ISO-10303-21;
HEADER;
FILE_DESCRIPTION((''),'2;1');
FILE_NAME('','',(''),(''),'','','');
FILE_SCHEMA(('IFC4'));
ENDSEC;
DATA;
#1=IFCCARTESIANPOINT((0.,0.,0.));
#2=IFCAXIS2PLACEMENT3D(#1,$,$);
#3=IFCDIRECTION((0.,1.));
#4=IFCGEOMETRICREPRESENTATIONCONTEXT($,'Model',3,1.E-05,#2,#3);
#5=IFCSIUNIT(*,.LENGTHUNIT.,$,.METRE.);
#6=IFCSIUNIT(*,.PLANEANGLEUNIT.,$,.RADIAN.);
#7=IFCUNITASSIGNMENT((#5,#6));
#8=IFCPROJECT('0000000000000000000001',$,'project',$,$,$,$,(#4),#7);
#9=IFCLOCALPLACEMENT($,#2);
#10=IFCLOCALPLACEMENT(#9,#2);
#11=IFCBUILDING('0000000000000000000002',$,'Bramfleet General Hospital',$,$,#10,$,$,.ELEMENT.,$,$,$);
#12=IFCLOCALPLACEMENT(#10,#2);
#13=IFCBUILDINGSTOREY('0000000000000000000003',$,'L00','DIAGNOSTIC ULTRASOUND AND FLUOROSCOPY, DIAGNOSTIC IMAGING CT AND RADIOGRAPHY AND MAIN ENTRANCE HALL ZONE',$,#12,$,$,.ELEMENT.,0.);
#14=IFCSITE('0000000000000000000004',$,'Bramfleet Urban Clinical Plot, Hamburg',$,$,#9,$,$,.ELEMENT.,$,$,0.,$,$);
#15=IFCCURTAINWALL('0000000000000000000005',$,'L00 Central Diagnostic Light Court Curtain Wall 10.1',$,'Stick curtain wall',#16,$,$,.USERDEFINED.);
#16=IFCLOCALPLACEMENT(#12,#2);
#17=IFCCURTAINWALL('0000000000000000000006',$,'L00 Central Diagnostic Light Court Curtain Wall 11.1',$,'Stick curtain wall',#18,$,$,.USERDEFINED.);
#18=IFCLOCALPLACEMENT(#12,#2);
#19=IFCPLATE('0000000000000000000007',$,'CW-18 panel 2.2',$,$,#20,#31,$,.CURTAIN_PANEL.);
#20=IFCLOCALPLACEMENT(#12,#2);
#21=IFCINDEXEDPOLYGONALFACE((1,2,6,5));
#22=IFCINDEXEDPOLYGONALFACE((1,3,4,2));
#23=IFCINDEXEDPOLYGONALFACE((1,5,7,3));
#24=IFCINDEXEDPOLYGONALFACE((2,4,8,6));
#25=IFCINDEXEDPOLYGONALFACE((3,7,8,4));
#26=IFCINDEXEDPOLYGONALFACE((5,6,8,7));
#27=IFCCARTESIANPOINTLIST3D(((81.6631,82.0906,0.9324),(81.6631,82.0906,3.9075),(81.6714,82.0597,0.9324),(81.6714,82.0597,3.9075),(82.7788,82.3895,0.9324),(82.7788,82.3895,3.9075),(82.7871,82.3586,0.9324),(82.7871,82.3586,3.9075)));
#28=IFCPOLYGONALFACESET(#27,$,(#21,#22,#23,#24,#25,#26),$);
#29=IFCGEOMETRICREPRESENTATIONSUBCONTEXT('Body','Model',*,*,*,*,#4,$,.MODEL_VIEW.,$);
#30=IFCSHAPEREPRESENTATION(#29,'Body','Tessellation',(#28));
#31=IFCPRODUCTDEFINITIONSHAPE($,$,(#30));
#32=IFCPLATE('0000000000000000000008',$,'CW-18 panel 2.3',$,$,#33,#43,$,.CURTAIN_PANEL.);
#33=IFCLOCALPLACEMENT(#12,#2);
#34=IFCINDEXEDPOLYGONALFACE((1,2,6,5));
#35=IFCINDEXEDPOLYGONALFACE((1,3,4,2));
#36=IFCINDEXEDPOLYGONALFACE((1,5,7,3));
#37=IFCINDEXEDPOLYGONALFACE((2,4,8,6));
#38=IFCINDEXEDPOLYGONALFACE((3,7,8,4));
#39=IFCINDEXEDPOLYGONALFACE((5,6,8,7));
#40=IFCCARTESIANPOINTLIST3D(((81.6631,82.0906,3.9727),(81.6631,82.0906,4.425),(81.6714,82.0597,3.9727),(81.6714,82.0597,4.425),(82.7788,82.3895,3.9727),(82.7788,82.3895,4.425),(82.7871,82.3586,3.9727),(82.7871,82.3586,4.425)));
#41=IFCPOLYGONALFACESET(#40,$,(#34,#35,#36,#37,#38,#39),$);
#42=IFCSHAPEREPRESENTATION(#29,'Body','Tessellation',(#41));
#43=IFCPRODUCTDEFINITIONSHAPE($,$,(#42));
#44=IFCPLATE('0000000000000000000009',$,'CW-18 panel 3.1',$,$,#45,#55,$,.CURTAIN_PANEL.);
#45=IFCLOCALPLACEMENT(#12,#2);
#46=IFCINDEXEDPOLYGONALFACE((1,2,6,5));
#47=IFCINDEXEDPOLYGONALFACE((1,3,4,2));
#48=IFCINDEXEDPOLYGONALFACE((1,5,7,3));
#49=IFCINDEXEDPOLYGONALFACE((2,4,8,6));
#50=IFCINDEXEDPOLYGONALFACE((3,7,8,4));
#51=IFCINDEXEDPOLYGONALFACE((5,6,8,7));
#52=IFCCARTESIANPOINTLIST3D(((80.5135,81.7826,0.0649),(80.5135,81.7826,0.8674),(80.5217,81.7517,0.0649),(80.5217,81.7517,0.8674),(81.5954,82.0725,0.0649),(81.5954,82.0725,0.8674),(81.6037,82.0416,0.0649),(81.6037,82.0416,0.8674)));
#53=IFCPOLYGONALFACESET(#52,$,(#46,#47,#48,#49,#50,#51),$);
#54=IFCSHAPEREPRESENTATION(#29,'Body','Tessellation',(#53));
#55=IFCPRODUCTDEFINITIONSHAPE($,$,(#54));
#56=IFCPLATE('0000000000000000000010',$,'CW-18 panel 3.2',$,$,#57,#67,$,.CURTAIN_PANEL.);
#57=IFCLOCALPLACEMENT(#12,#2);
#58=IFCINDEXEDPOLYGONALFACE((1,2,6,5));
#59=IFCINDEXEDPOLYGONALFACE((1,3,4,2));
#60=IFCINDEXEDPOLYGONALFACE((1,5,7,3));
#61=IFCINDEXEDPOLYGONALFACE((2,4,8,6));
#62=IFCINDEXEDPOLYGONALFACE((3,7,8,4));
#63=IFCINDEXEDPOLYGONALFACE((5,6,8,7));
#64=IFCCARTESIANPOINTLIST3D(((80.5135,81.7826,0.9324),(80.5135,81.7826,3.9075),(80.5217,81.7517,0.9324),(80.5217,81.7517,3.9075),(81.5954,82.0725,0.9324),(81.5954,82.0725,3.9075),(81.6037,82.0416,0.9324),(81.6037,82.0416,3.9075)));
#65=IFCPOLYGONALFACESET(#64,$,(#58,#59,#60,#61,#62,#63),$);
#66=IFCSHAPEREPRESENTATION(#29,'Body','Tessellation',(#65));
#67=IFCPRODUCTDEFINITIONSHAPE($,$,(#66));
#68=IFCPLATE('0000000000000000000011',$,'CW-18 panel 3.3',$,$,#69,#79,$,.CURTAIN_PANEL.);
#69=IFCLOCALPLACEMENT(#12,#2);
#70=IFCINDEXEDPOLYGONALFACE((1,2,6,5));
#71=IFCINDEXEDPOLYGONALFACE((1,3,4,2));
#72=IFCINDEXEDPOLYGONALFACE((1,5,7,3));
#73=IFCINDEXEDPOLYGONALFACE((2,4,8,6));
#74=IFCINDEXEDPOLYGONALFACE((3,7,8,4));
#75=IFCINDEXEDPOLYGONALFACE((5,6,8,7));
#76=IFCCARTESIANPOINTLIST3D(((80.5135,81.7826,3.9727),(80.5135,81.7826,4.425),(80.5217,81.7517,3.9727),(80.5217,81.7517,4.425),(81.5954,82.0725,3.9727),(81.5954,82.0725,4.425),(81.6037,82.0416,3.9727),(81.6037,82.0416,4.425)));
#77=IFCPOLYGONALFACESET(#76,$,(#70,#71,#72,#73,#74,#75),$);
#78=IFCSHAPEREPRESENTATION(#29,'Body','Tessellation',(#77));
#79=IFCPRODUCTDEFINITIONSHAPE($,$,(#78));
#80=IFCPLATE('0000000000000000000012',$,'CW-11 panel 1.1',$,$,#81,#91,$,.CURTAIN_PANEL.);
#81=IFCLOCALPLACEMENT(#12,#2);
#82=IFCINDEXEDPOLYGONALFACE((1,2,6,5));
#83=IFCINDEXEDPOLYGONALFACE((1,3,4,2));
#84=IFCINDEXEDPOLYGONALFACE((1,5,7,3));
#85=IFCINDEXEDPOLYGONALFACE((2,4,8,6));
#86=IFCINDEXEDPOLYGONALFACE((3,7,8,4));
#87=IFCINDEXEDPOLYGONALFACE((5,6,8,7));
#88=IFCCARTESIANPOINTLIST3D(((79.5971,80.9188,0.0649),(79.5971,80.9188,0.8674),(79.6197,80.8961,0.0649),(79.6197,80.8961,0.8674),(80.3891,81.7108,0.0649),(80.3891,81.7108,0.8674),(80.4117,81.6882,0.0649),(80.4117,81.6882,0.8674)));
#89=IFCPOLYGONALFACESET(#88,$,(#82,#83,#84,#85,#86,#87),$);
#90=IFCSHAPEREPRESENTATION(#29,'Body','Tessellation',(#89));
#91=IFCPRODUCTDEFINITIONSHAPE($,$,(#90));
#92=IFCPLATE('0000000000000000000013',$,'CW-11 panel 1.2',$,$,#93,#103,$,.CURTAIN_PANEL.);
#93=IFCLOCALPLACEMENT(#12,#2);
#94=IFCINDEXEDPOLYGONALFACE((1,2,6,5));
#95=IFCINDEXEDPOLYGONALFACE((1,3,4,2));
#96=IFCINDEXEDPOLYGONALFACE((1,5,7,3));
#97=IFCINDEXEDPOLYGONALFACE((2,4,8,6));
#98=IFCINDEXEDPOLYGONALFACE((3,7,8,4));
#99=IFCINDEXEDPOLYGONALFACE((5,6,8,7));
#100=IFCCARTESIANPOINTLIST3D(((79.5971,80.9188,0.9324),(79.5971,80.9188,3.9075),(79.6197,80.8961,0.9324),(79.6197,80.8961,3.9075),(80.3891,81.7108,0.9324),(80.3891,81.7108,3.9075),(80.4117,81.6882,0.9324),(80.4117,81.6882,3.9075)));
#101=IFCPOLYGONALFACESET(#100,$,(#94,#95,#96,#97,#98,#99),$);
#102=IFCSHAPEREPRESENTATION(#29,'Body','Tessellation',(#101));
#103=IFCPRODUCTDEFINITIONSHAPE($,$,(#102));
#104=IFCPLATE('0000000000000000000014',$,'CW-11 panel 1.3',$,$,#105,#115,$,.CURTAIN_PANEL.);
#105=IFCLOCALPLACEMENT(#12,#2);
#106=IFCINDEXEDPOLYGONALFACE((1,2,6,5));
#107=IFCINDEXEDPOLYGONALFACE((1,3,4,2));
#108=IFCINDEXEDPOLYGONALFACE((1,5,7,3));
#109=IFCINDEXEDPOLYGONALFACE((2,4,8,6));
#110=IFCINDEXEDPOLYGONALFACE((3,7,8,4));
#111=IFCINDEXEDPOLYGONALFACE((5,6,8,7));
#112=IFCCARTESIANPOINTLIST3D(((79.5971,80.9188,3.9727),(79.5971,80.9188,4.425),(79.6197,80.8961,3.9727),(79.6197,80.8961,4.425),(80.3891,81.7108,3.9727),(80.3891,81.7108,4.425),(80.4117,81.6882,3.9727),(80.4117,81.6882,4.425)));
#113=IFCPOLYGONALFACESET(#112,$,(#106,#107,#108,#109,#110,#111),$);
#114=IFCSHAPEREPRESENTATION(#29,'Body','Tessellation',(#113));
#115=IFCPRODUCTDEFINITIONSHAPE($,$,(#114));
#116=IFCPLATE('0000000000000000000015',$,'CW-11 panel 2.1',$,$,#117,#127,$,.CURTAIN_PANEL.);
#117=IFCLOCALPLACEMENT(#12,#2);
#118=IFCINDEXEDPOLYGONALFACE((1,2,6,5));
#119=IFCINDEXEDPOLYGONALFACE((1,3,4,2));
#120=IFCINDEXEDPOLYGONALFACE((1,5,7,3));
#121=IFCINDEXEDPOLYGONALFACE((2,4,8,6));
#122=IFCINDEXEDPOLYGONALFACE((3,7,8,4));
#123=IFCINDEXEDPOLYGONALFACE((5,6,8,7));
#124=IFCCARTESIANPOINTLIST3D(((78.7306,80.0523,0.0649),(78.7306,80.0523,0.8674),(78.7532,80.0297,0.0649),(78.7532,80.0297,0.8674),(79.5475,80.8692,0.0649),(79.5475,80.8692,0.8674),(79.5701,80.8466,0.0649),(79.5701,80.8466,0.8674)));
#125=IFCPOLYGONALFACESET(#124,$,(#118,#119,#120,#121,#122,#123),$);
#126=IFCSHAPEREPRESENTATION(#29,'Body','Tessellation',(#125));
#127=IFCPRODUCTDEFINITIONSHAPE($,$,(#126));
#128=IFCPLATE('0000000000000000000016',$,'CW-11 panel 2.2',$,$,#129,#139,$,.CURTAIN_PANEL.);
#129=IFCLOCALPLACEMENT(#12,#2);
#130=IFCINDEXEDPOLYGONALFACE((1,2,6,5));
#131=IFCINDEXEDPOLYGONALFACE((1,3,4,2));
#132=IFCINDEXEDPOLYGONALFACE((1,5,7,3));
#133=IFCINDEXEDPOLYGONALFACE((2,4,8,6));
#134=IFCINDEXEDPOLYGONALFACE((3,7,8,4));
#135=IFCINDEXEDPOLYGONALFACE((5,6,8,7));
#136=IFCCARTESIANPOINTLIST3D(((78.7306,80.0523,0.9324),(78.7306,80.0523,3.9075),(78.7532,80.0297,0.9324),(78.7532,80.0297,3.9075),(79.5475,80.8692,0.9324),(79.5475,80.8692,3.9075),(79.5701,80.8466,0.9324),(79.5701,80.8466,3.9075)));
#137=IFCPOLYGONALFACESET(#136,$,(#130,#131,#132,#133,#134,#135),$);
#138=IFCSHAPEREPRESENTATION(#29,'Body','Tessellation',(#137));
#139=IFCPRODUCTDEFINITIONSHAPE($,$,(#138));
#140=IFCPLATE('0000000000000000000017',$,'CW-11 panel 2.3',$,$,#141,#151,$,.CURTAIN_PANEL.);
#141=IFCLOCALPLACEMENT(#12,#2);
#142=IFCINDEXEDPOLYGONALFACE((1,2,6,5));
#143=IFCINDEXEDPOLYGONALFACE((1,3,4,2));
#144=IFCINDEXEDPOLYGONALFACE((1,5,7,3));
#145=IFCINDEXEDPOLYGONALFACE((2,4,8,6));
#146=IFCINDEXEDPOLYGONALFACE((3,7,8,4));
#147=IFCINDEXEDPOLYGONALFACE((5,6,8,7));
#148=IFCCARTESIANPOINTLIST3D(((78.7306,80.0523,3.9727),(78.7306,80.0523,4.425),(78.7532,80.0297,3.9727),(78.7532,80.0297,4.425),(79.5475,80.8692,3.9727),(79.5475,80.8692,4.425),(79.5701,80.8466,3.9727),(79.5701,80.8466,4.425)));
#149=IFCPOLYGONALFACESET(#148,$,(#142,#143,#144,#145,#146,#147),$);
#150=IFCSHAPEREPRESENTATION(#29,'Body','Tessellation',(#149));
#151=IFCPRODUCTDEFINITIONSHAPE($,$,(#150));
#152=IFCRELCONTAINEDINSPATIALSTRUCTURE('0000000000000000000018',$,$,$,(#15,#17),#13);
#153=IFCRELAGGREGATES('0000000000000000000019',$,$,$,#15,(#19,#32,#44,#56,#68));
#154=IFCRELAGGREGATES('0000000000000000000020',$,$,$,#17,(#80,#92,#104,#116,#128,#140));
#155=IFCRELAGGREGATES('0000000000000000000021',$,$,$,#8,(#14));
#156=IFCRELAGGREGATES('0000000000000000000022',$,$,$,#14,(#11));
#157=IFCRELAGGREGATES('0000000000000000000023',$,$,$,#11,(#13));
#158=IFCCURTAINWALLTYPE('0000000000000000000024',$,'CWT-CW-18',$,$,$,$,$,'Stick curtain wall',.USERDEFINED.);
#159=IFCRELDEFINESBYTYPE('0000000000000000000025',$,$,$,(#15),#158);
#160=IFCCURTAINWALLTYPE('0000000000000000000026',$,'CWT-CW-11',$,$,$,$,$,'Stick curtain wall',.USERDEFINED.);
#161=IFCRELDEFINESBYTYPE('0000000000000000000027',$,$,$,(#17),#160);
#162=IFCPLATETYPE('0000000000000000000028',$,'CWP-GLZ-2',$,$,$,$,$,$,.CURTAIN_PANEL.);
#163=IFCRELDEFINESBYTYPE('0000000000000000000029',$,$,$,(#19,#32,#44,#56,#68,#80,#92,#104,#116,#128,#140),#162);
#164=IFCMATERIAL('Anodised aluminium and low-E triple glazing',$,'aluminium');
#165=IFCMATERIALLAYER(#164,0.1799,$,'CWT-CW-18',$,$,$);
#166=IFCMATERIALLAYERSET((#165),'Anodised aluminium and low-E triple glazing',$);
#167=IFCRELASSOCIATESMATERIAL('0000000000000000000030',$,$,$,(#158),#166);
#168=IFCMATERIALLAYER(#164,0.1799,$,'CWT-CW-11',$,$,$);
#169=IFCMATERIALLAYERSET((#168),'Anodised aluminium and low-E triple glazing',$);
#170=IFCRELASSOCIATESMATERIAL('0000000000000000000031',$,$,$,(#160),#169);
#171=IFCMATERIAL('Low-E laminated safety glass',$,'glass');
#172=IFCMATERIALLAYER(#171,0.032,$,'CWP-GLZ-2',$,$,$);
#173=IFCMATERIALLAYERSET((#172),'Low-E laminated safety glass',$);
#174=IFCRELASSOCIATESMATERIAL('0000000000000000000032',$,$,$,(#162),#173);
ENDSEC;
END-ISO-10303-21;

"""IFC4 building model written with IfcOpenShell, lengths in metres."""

from ifc_helpers import new_model, si_unit, direction, frame, origin, origin_2d, place, context, subcontext, project, spatial, rectangle, extrude, material, layer, layer_set, type_object, element, aggregate, save


model = new_model("IFC4")

# Units and contexts
model_context = context("Model", 3, precision=1e-05, world=origin(), true_north=direction((0.0, 1.0)))
body_context = subcontext(model_context, "Body", "Model", "MODEL_VIEW")
ifc_project = project(units=[si_unit("LENGTHUNIT", "METRE"), si_unit("PLANEANGLEUNIT", "RADIAN")], contexts=[model_context])

# Site, building, storey
site_placement = place(None, origin())
site = spatial("IfcSite", under=ifc_project, at=site_placement, Name="Bramfleet Urban Clinical Plot, Hamburg", CompositionType="ELEMENT", RefElevation=0.0)
building_placement = place(site_placement, origin())
building = spatial("IfcBuilding", under=site, at=building_placement, Name="Bramfleet General Hospital", CompositionType="ELEMENT")
storey_placement = place(building_placement, origin())
storey = spatial("IfcBuildingStorey", under=building, at=storey_placement, Name="L00", Description="DIAGNOSTIC ULTRASOUND AND FLUOROSCOPY, DIAGNOSTIC IMAGING CT AND RADIOGRAPHY AND MAIN ENTRANCE HALL ZONE", CompositionType="ELEMENT", Elevation=0.0)

# Curtain walls
ifc_material_1 = material(Name="Anodised aluminium and low-E triple glazing", Category="aluminium")
ifc_layer_1 = layer(ifc_material_1, 0.1799, Name="CWT-CW-18")
ifc_layer_set_1 = layer_set([ifc_layer_1], Name="Anodised aluminium and low-E triple glazing")
curtain_wall_type_1 = type_object("IfcCurtainWallType", Name="CWT-CW-18", ElementType="Stick curtain wall", PredefinedType="USERDEFINED", material=ifc_layer_set_1)
curtain_wall_1_placement = place(storey_placement, origin())
curtain_wall_1 = element("IfcCurtainWall", 1, at=curtain_wall_1_placement, inside=storey, type_object=curtain_wall_type_1, Name="L00 Central Diagnostic Light Court Curtain Wall 10.1", ObjectType="Stick curtain wall", PredefinedType="USERDEFINED")
ifc_layer_2 = layer(ifc_material_1, 0.1799, Name="CWT-CW-11")
ifc_layer_set_2 = layer_set([ifc_layer_2], Name="Anodised aluminium and low-E triple glazing")
curtain_wall_type_2 = type_object("IfcCurtainWallType", Name="CWT-CW-11", ElementType="Stick curtain wall", PredefinedType="USERDEFINED", material=ifc_layer_set_2)
curtain_wall_2_placement = place(storey_placement, origin())
curtain_wall_2 = element("IfcCurtainWall", 2, at=curtain_wall_2_placement, inside=storey, type_object=curtain_wall_type_2, Name="L00 Central Diagnostic Light Court Curtain Wall 11.1", ObjectType="Stick curtain wall", PredefinedType="USERDEFINED")

# Plates
ifc_material_2 = material(Name="Low-E laminated safety glass", Category="glass")
ifc_layer_3 = layer(ifc_material_2, 0.032, Name="CWP-GLZ-2")
ifc_layer_set_3 = layer_set([ifc_layer_3], Name="Low-E laminated safety glass")
plate_type = type_object("IfcPlateType", Name="CWP-GLZ-2", PredefinedType="CURTAIN_PANEL", material=ifc_layer_set_3)
plate_1_placement = place(storey_placement, frame((82.2251, 82.2246, 0.9324), z_axis=(0.0, 0.0, 1.0), x_axis=(-0.965941, -0.258763, 0.0)))
plate_1 = element("IfcPlate", 3, at=plate_1_placement, type_object=plate_type, Name="CW-18 panel 2.2", PredefinedType="CURTAIN_PANEL", context=body_context, shape_type="SweptSolid", body=[
    extrude(rectangle(XDim=1.155, YDim=0.032, at=origin_2d()), origin(), (0.0, 0.0, 1.0), 2.9751),
])
plate_2_placement = place(storey_placement, frame((82.2251, 82.2246, 3.9727), z_axis=(0.0, 0.0, 1.0), x_axis=(-0.965941, -0.258763, 0.0)))
plate_2 = element("IfcPlate", 4, at=plate_2_placement, type_object=plate_type, Name="CW-18 panel 2.3", PredefinedType="CURTAIN_PANEL", context=body_context, shape_type="SweptSolid", body=[
    extrude(rectangle(XDim=1.155, YDim=0.032, at=origin_2d()), origin(), (0.0, 0.0, 1.0), 0.4524),
])
plate_3_placement = place(storey_placement, frame((81.0586, 81.9121, 0.0649), z_axis=(0.0, 0.0, 1.0), x_axis=(-0.965941, -0.258763, 0.0)))
plate_3 = element("IfcPlate", 5, at=plate_3_placement, type_object=plate_type, Name="CW-18 panel 3.1", PredefinedType="CURTAIN_PANEL", context=body_context, shape_type="SweptSolid", body=[
    extrude(rectangle(XDim=1.1201, YDim=0.032, at=origin_2d()), origin(), (0.0, 0.0, 1.0), 0.8025),
])
plate_4_placement = place(storey_placement, frame((81.0586, 81.9121, 0.9324), z_axis=(0.0, 0.0, 1.0), x_axis=(-0.965941, -0.258763, 0.0)))
plate_4 = element("IfcPlate", 6, at=plate_4_placement, type_object=plate_type, Name="CW-18 panel 3.2", PredefinedType="CURTAIN_PANEL", context=body_context, shape_type="SweptSolid", body=[
    extrude(rectangle(XDim=1.1201, YDim=0.032, at=origin_2d()), origin(), (0.0, 0.0, 1.0), 2.9751),
])
plate_5_placement = place(storey_placement, frame((81.0586, 81.9121, 3.9727), z_axis=(0.0, 0.0, 1.0), x_axis=(-0.965941, -0.258763, 0.0)))
plate_5 = element("IfcPlate", 7, at=plate_5_placement, type_object=plate_type, Name="CW-18 panel 3.3", PredefinedType="CURTAIN_PANEL", context=body_context, shape_type="SweptSolid", body=[
    extrude(rectangle(XDim=1.1201, YDim=0.032, at=origin_2d()), origin(), (0.0, 0.0, 1.0), 0.4524),
])
aggregate(curtain_wall_1, [plate_1, plate_2, plate_3, plate_4, plate_5])
plate_6_placement = place(storey_placement, frame((80.0044, 81.3035, 0.0649), z_axis=(0.0, 0.0, 1.0), x_axis=(-0.707107, -0.707107, 0.0)))
plate_6 = element("IfcPlate", 8, at=plate_6_placement, type_object=plate_type, Name="CW-11 panel 1.1", PredefinedType="CURTAIN_PANEL", context=body_context, shape_type="SweptSolid", body=[
    extrude(rectangle(XDim=1.1201, YDim=0.032, at=origin_2d()), origin(), (0.0, 0.0, 1.0), 0.8025),
])
plate_7_placement = place(storey_placement, frame((80.0044, 81.3035, 0.9324), z_axis=(0.0, 0.0, 1.0), x_axis=(-0.707107, -0.707107, 0.0)))
plate_7 = element("IfcPlate", 9, at=plate_7_placement, type_object=plate_type, Name="CW-11 panel 1.2", PredefinedType="CURTAIN_PANEL", context=body_context, shape_type="SweptSolid", body=[
    extrude(rectangle(XDim=1.1201, YDim=0.032, at=origin_2d()), origin(), (0.0, 0.0, 1.0), 2.9751),
])
plate_8_placement = place(storey_placement, frame((80.0044, 81.3035, 3.9727), z_axis=(0.0, 0.0, 1.0), x_axis=(-0.707107, -0.707107, 0.0)))
plate_8 = element("IfcPlate", 10, at=plate_8_placement, type_object=plate_type, Name="CW-11 panel 1.3", PredefinedType="CURTAIN_PANEL", context=body_context, shape_type="SweptSolid", body=[
    extrude(rectangle(XDim=1.1201, YDim=0.032, at=origin_2d()), origin(), (0.0, 0.0, 1.0), 0.4524),
])
plate_9_placement = place(storey_placement, frame((79.1504, 80.4495, 0.0649), z_axis=(0.0, 0.0, 1.0), x_axis=(-0.707107, -0.707107, 0.0)))
plate_9 = element("IfcPlate", 11, at=plate_9_placement, type_object=plate_type, Name="CW-11 panel 2.1", PredefinedType="CURTAIN_PANEL", context=body_context, shape_type="SweptSolid", body=[
    extrude(rectangle(XDim=1.1553, YDim=0.032, at=origin_2d()), origin(), (0.0, 0.0, 1.0), 0.8025),
])
plate_10_placement = place(storey_placement, frame((79.1504, 80.4495, 0.9324), z_axis=(0.0, 0.0, 1.0), x_axis=(-0.707107, -0.707107, 0.0)))
plate_10 = element("IfcPlate", 12, at=plate_10_placement, type_object=plate_type, Name="CW-11 panel 2.2", PredefinedType="CURTAIN_PANEL", context=body_context, shape_type="SweptSolid", body=[
    extrude(rectangle(XDim=1.1553, YDim=0.032, at=origin_2d()), origin(), (0.0, 0.0, 1.0), 2.9751),
])
plate_11_placement = place(storey_placement, frame((79.1504, 80.4495, 3.9727), z_axis=(0.0, 0.0, 1.0), x_axis=(-0.707107, -0.707107, 0.0)))
plate_11 = element("IfcPlate", 13, at=plate_11_placement, type_object=plate_type, Name="CW-11 panel 2.3", PredefinedType="CURTAIN_PANEL", context=body_context, shape_type="SweptSolid", body=[
    extrude(rectangle(XDim=1.1553, YDim=0.032, at=origin_2d()), origin(), (0.0, 0.0, 1.0), 0.4524),
])
aggregate(curtain_wall_2, [plate_6, plate_7, plate_8, plate_9, plate_10, plate_11])

save(model, "model.ifc")
